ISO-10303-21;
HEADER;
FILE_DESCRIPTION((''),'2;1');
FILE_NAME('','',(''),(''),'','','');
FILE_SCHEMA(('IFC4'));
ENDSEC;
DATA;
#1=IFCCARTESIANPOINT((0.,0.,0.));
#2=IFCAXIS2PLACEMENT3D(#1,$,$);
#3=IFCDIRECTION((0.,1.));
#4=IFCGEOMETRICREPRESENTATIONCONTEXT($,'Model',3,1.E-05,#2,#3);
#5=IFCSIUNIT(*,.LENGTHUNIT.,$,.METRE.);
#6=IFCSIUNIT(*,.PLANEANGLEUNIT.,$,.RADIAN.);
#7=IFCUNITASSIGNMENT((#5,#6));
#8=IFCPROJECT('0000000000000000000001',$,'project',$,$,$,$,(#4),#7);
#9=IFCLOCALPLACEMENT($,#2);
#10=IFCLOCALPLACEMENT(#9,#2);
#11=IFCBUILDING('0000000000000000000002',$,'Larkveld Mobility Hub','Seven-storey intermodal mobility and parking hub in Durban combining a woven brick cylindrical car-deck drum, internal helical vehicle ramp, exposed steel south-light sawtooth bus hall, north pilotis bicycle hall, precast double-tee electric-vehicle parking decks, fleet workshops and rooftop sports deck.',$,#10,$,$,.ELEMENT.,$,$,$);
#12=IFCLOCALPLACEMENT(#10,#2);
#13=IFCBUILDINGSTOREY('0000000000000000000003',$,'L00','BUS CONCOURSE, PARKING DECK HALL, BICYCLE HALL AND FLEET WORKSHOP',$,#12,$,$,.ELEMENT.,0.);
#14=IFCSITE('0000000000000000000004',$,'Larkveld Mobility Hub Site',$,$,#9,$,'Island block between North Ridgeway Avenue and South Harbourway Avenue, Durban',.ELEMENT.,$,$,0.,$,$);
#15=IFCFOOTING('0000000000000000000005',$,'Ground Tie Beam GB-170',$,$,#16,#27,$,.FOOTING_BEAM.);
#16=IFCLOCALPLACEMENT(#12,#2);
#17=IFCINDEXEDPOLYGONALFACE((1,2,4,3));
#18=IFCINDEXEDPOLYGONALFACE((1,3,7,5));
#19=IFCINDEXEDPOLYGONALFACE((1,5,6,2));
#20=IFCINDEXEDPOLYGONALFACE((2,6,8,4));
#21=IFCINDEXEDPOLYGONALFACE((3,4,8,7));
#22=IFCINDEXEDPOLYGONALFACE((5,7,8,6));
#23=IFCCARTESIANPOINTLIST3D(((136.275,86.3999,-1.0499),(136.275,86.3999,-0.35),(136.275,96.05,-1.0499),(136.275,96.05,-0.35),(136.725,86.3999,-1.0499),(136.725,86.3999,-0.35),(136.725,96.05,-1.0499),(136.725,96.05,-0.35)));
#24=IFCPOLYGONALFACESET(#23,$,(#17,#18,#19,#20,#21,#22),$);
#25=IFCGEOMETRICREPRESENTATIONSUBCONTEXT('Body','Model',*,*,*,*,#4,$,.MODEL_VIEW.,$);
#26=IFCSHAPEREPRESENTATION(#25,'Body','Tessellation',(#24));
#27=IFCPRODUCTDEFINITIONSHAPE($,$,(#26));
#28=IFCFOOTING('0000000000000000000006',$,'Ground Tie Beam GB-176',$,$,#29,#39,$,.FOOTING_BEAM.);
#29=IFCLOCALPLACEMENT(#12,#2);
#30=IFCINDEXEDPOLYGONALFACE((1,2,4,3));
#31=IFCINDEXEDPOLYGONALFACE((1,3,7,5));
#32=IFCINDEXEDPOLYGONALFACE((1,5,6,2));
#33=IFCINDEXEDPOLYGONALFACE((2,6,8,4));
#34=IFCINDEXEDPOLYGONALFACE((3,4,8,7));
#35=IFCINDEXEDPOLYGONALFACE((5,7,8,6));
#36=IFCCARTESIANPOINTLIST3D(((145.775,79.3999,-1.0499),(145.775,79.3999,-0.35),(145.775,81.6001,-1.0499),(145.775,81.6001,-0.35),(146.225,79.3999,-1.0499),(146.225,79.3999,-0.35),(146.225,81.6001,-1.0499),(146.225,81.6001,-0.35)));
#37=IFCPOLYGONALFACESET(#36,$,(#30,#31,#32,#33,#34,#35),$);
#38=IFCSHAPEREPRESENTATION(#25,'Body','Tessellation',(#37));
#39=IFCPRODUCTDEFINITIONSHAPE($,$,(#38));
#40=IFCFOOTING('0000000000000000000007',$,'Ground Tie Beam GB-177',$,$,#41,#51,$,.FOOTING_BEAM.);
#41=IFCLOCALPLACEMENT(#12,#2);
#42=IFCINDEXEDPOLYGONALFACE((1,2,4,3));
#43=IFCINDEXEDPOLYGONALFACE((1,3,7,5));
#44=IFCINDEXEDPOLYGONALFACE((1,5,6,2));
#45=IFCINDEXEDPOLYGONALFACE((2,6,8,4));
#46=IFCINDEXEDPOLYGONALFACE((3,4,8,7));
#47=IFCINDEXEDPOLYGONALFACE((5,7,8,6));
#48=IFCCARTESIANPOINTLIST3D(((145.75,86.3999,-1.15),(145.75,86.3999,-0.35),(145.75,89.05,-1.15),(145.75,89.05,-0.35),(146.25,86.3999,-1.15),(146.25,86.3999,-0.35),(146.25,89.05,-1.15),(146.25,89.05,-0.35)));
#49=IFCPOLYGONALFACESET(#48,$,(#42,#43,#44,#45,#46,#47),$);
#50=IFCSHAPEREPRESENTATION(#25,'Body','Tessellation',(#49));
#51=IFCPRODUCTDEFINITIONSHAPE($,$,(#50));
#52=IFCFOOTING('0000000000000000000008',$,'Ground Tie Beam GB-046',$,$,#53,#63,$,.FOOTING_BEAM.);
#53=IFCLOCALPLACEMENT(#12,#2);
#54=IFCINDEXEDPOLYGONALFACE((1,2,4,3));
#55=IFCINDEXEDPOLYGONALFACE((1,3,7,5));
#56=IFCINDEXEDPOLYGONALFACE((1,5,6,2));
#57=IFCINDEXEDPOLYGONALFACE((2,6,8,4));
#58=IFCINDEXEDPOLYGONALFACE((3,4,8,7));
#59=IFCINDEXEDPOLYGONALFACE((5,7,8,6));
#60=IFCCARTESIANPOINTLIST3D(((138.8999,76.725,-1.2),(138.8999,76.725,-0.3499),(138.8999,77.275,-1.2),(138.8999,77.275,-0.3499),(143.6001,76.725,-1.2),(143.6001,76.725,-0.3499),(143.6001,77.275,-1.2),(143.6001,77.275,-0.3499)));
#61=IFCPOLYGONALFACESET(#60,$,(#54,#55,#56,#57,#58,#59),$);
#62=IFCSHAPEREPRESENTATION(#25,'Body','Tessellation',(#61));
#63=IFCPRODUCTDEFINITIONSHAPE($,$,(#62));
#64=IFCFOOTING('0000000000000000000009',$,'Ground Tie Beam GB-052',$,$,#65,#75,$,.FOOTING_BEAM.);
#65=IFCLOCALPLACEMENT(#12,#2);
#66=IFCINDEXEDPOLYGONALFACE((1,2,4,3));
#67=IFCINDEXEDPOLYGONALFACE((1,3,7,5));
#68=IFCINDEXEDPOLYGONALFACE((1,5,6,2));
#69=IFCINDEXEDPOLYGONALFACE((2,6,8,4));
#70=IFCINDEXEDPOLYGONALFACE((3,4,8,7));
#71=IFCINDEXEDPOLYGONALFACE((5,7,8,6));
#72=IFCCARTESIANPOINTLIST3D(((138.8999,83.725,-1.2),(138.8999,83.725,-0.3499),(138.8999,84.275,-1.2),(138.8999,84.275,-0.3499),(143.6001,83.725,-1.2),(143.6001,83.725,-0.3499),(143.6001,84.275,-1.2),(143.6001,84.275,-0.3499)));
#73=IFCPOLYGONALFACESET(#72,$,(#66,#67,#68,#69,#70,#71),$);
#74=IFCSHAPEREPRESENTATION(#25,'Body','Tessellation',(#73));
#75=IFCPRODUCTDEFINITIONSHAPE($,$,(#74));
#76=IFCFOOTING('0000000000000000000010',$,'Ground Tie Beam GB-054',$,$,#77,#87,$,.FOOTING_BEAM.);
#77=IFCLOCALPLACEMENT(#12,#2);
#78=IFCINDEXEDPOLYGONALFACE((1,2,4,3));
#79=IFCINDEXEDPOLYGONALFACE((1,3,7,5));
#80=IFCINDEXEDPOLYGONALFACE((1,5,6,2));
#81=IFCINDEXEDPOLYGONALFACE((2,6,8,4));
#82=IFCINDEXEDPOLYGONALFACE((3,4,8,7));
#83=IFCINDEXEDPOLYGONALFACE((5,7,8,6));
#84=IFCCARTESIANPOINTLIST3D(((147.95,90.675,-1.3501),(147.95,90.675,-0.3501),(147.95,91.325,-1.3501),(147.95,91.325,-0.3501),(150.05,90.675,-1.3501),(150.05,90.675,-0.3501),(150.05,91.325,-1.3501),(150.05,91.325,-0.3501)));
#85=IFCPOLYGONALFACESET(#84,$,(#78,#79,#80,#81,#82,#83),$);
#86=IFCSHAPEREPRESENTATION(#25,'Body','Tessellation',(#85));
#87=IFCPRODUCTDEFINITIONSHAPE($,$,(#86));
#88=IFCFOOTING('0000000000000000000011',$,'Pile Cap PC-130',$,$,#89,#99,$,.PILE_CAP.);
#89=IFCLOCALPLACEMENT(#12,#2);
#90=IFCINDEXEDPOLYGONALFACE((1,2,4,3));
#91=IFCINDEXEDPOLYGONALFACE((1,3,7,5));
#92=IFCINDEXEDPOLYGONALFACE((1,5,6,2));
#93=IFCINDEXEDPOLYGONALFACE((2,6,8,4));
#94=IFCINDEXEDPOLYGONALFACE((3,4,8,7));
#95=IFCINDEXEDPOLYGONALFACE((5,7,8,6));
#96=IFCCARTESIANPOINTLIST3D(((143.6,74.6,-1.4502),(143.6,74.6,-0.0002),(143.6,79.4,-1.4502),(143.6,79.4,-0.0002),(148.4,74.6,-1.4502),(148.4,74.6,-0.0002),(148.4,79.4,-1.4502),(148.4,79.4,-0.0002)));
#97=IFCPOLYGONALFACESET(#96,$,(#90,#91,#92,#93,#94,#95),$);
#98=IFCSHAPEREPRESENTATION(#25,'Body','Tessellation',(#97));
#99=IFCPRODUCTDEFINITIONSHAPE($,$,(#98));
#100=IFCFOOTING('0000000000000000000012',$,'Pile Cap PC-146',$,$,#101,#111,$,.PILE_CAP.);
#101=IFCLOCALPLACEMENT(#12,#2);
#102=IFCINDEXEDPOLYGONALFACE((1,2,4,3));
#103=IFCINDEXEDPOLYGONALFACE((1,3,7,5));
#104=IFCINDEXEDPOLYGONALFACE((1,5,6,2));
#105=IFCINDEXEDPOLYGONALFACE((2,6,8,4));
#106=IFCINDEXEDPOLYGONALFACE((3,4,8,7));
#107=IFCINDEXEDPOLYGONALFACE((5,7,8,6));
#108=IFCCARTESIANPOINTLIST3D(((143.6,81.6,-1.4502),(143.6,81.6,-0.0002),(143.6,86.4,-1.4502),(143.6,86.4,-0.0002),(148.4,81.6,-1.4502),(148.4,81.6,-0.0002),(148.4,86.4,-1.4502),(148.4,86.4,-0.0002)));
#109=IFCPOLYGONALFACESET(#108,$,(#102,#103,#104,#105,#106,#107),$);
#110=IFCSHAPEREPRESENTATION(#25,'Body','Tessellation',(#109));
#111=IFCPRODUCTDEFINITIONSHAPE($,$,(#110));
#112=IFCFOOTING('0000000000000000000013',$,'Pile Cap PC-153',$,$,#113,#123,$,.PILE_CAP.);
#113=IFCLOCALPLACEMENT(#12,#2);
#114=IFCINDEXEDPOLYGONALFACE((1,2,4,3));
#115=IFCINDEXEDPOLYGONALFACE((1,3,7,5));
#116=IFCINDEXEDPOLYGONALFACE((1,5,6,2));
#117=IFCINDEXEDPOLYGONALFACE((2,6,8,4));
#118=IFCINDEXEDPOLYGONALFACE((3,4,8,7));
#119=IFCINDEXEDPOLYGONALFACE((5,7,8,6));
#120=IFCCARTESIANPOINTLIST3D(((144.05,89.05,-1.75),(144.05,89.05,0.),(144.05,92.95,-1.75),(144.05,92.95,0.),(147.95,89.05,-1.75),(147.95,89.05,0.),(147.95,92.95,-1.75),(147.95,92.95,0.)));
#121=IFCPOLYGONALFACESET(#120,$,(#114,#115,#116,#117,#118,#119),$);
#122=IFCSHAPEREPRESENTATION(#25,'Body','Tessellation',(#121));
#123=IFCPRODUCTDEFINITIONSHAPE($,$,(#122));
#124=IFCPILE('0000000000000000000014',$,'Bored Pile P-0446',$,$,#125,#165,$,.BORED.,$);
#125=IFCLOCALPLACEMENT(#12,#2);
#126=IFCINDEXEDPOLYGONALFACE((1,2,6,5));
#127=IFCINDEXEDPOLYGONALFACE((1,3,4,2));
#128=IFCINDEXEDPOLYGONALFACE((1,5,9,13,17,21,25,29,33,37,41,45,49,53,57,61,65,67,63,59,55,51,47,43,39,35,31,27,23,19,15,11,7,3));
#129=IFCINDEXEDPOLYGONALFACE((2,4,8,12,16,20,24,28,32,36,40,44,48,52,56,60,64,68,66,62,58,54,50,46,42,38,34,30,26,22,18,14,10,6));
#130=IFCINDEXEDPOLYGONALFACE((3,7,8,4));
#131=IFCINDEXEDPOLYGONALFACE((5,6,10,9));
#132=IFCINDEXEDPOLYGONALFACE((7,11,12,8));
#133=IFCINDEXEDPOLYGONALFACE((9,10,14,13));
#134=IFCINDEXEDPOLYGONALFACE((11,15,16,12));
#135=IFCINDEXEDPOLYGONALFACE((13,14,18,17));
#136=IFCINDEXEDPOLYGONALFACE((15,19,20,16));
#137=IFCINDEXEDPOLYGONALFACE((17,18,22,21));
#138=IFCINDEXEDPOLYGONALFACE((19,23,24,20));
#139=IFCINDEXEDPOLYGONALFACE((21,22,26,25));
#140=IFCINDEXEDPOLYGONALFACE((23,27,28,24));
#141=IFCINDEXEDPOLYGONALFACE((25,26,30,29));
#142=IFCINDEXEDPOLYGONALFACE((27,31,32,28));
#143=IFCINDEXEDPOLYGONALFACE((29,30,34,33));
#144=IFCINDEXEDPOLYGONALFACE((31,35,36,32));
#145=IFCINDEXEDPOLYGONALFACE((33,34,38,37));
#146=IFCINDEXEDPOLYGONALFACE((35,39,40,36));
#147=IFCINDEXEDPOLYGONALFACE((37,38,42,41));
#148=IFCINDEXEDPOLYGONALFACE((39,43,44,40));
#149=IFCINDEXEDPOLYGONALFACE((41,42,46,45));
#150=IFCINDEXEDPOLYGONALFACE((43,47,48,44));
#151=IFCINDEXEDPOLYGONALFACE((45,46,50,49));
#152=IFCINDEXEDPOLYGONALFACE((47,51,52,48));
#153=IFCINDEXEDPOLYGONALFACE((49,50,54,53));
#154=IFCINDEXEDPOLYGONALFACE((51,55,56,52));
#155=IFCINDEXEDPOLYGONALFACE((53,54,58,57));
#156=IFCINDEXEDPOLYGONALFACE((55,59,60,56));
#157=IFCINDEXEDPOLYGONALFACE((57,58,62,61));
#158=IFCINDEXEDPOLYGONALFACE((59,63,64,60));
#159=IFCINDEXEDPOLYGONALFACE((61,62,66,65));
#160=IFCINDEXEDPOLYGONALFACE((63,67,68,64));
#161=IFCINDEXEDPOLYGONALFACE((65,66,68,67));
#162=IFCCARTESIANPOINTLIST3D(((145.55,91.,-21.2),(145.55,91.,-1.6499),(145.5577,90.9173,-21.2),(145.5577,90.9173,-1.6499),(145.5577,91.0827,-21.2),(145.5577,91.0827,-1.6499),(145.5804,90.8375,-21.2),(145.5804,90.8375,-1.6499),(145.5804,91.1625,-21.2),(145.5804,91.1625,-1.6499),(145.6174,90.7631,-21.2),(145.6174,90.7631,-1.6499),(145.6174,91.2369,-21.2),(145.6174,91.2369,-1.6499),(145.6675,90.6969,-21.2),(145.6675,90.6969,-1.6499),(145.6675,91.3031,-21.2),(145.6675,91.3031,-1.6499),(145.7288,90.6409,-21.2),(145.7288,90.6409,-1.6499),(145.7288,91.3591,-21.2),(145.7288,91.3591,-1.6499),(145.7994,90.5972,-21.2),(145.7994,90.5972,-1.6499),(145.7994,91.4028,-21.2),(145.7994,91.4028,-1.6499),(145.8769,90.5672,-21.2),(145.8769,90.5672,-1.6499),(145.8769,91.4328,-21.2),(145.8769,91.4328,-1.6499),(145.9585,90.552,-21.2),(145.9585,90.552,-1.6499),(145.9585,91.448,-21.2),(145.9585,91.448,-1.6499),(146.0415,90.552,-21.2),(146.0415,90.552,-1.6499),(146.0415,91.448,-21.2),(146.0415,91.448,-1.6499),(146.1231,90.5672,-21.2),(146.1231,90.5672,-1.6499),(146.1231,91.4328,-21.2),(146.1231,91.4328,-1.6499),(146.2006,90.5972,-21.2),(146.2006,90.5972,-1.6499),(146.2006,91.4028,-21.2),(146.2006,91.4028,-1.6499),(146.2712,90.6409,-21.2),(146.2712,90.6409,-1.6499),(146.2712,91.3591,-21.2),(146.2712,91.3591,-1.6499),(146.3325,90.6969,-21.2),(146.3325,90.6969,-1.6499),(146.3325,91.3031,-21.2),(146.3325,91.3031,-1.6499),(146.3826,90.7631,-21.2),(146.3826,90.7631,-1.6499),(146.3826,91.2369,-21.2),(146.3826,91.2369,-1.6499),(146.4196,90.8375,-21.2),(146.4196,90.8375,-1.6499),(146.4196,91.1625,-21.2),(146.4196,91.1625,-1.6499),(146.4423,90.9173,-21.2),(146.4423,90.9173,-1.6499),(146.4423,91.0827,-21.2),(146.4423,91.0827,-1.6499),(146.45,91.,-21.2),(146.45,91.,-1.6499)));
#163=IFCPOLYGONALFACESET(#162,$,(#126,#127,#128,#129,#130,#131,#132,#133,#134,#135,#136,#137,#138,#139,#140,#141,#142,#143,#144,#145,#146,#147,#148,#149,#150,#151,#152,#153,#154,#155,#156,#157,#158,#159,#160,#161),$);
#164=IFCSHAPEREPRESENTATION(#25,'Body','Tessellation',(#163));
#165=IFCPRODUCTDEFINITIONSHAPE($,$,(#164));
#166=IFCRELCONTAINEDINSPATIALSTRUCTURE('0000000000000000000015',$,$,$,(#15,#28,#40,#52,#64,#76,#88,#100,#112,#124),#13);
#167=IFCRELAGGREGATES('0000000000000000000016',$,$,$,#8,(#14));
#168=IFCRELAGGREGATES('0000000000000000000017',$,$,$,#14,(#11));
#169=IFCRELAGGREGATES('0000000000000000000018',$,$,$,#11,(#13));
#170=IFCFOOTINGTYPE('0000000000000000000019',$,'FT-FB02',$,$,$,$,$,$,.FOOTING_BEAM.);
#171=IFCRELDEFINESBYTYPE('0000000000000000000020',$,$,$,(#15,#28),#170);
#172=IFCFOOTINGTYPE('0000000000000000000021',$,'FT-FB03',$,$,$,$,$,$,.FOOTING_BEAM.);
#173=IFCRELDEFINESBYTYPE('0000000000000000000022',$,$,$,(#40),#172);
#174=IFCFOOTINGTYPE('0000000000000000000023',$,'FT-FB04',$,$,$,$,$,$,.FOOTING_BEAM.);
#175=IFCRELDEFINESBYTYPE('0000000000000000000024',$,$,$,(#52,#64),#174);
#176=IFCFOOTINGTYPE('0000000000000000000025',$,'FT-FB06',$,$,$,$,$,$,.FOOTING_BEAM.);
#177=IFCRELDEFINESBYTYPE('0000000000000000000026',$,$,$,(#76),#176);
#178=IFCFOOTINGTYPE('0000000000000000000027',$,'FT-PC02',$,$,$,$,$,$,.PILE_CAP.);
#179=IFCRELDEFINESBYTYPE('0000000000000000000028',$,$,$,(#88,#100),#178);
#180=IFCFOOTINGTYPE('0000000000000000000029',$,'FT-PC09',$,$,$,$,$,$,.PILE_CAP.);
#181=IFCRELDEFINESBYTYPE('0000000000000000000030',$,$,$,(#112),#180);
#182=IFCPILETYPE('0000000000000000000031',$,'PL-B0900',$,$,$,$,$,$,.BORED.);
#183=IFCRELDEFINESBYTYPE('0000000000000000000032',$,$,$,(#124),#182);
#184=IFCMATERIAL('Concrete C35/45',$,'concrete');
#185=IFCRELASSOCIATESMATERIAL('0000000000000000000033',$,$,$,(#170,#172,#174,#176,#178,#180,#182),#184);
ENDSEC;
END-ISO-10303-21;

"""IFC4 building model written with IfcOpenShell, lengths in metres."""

from ifc_helpers import new_model, si_unit, direction, frame, origin, origin_2d, place, context, subcontext, project, spatial, rectangle, circle, extrude, material, material_profile, profile_set, type_object, element, save


model = new_model("IFC4")

# Units and contexts
model_context = context("Model", 3, precision=1e-05, world=origin(), true_north=direction((0.0, 1.0)))
body_context = subcontext(model_context, "Body", "Model", "MODEL_VIEW")
ifc_project = project(units=[si_unit("LENGTHUNIT", "METRE"), si_unit("PLANEANGLEUNIT", "RADIAN")], contexts=[model_context])

# Site, building, storey
site_placement = place(None, origin())
site = spatial("IfcSite", under=ifc_project, at=site_placement, Name="Larkveld Mobility Hub Site", LongName="Island block between North Ridgeway Avenue and South Harbourway Avenue, Durban", CompositionType="ELEMENT", RefElevation=0.0)
building_placement = place(site_placement, origin())
building = spatial("IfcBuilding", under=site, at=building_placement, Name="Larkveld Mobility Hub", Description="Seven-storey intermodal mobility and parking hub in Durban combining a woven brick cylindrical car-deck drum, internal helical vehicle ramp, exposed steel south-light sawtooth bus hall, north pilotis bicycle hall, precast double-tee electric-vehicle parking decks, fleet workshops and rooftop sports deck.", CompositionType="ELEMENT")
storey_placement = place(building_placement, origin())
storey = spatial("IfcBuildingStorey", under=building, at=storey_placement, Name="L00", Description="BUS CONCOURSE, PARKING DECK HALL, BICYCLE HALL AND FLEET WORKSHOP", CompositionType="ELEMENT", Elevation=0.0)

# Footings
ifc_material_1 = material(Name="Concrete C35/45", Category="concrete")
ifc_material_profile_1 = material_profile(ifc_material_1, rectangle(XDim=0.45, YDim=0.7, at=origin_2d()), Name="RC BM 450x700")
ifc_profile_set_1 = profile_set([ifc_material_profile_1], Name="Concrete C35/45")
footing_type_1 = type_object("IfcFootingType", Name="FT-FB02", PredefinedType="FOOTING_BEAM", material=ifc_profile_set_1)
footing_1_placement = place(storey_placement, frame((136.5, 86.3999, -0.7), z_axis=(0.0, 1.0, 0.0), x_axis=(-1.0, 0.0, 0.0)))
element("IfcFooting", 1, at=footing_1_placement, inside=storey, type_object=footing_type_1, Name="Ground Tie Beam GB-170", PredefinedType="FOOTING_BEAM", context=body_context, shape_type="SweptSolid", body=[
    extrude(rectangle(XDim=0.45, YDim=0.7, at=origin_2d()), origin(), (0.0, 0.0, 1.0), 9.6501),
])
footing_2_placement = place(storey_placement, frame((146.0, 79.3999, -0.7), z_axis=(0.0, 1.0, 0.0), x_axis=(-1.0, 0.0, 0.0)))
element("IfcFooting", 2, at=footing_2_placement, inside=storey, type_object=footing_type_1, Name="Ground Tie Beam GB-176", PredefinedType="FOOTING_BEAM", context=body_context, shape_type="SweptSolid", body=[
    extrude(rectangle(XDim=0.45, YDim=0.7, at=origin_2d()), origin(), (0.0, 0.0, 1.0), 2.2002),
])
ifc_material_profile_2 = material_profile(ifc_material_1, rectangle(XDim=0.5, YDim=0.8, at=origin_2d()), Name="RC BM 500x800")
ifc_profile_set_2 = profile_set([ifc_material_profile_2], Name="Concrete C35/45")
footing_type_2 = type_object("IfcFootingType", Name="FT-FB03", PredefinedType="FOOTING_BEAM", material=ifc_profile_set_2)
footing_3_placement = place(storey_placement, frame((146.0, 86.3999, -0.75), z_axis=(0.0, 1.0, 0.0), x_axis=(-1.0, 0.0, 0.0)))
element("IfcFooting", 3, at=footing_3_placement, inside=storey, type_object=footing_type_2, Name="Ground Tie Beam GB-177", PredefinedType="FOOTING_BEAM", context=body_context, shape_type="SweptSolid", body=[
    extrude(rectangle(XDim=0.5, YDim=0.8, at=origin_2d()), origin(), (0.0, 0.0, 1.0), 2.6501),
])
ifc_material_profile_3 = material_profile(ifc_material_1, rectangle(XDim=0.55, YDim=0.8501, at=origin_2d()), Name="RC BM 550x850")
ifc_profile_set_3 = profile_set([ifc_material_profile_3], Name="Concrete C35/45")
footing_type_3 = type_object("IfcFootingType", Name="FT-FB04", PredefinedType="FOOTING_BEAM", material=ifc_profile_set_3)
for number, where, z_axis, x_axis, name in (
    (4, (138.8999, 77.0, -0.7749), (1.0, 0.0, 0.0), (0.0, 1.0, 0.0), "Ground Tie Beam GB-046"),
    (5, (138.8999, 84.0, -0.7749), (1.0, 0.0, 0.0), (0.0, 1.0, 0.0), "Ground Tie Beam GB-052"),
):
    element("IfcFooting", number, at=place(storey_placement, frame(where, z_axis=z_axis, x_axis=x_axis)), inside=storey, type_object=footing_type_3, Name=name, PredefinedType="FOOTING_BEAM", context=body_context, shape_type="SweptSolid", body=[
        extrude(rectangle(XDim=0.55, YDim=0.8501, at=origin_2d()), origin(), (0.0, 0.0, 1.0), 4.7002),
    ])
ifc_material_profile_4 = material_profile(ifc_material_1, rectangle(XDim=0.6499, YDim=1.0, at=origin_2d()), Name="RC BM 650x1000")
ifc_profile_set_4 = profile_set([ifc_material_profile_4], Name="Concrete C35/45")
footing_type_4 = type_object("IfcFootingType", Name="FT-FB06", PredefinedType="FOOTING_BEAM", material=ifc_profile_set_4)
footing_4_placement = place(storey_placement, frame((147.95, 91.0, -0.8501), z_axis=(1.0, 0.0, 0.0), x_axis=(0.0, 1.0, 0.0)))
element("IfcFooting", 6, at=footing_4_placement, inside=storey, type_object=footing_type_4, Name="Ground Tie Beam GB-054", PredefinedType="FOOTING_BEAM", context=body_context, shape_type="SweptSolid", body=[
    extrude(rectangle(XDim=0.6499, YDim=1.0, at=origin_2d()), origin(), (0.0, 0.0, 1.0), 2.1001),
])
footing_type_5 = type_object("IfcFootingType", Name="FT-PC02", PredefinedType="PILE_CAP", material=ifc_material_1)
for number, where, z_axis, x_axis, name in (
    (7, (146.0, 77.0, -1.4502), (0.0, 0.0, 1.0), (1.0, 0.0, 0.0), "Pile Cap PC-130"),
    (8, (146.0, 84.0, -1.4502), (0.0, 0.0, 1.0), (1.0, 0.0, 0.0), "Pile Cap PC-146"),
):
    element("IfcFooting", number, at=place(storey_placement, frame(where, z_axis=z_axis, x_axis=x_axis)), inside=storey, type_object=footing_type_5, Name=name, PredefinedType="PILE_CAP", context=body_context, shape_type="SweptSolid", body=[
        extrude(rectangle(XDim=4.8, YDim=4.8, at=origin_2d()), origin(), (0.0, 0.0, 1.0), 1.45),
    ])
footing_type_6 = type_object("IfcFootingType", Name="FT-PC09", PredefinedType="PILE_CAP", material=ifc_material_1)
footing_5_placement = place(storey_placement, frame((146.0, 91.0, -1.75), z_axis=(0.0, 0.0, 1.0), x_axis=(1.0, 0.0, 0.0)))
element("IfcFooting", 9, at=footing_5_placement, inside=storey, type_object=footing_type_6, Name="Pile Cap PC-153", PredefinedType="PILE_CAP", context=body_context, shape_type="SweptSolid", body=[
    extrude(rectangle(XDim=3.8999, YDim=3.8999, at=origin_2d()), origin(), (0.0, 0.0, 1.0), 1.75),
])

# Pile
ifc_material_profile_5 = material_profile(ifc_material_1, circle(Radius=0.45, at=origin_2d()), Name="PILE D900")
ifc_profile_set_5 = profile_set([ifc_material_profile_5], Name="Concrete C35/45")
pile_type_1 = type_object("IfcPileType", Name="PL-B0900", PredefinedType="BORED", material=ifc_profile_set_5)
pile_placement = place(storey_placement, frame((146.0, 91.0, -1.6499), z_axis=(0.0, 0.0, -1.0), x_axis=(1.0, 0.0, 0.0)))
element("IfcPile", 10, at=pile_placement, inside=storey, type_object=pile_type_1, Name="Bored Pile P-0446", PredefinedType="BORED", context=body_context, shape_type="SweptSolid", body=[
    extrude(circle(Radius=0.45, at=origin_2d()), origin(), (0.0, 0.0, 1.0), 19.55),
])

save(model, "model.ifc")
